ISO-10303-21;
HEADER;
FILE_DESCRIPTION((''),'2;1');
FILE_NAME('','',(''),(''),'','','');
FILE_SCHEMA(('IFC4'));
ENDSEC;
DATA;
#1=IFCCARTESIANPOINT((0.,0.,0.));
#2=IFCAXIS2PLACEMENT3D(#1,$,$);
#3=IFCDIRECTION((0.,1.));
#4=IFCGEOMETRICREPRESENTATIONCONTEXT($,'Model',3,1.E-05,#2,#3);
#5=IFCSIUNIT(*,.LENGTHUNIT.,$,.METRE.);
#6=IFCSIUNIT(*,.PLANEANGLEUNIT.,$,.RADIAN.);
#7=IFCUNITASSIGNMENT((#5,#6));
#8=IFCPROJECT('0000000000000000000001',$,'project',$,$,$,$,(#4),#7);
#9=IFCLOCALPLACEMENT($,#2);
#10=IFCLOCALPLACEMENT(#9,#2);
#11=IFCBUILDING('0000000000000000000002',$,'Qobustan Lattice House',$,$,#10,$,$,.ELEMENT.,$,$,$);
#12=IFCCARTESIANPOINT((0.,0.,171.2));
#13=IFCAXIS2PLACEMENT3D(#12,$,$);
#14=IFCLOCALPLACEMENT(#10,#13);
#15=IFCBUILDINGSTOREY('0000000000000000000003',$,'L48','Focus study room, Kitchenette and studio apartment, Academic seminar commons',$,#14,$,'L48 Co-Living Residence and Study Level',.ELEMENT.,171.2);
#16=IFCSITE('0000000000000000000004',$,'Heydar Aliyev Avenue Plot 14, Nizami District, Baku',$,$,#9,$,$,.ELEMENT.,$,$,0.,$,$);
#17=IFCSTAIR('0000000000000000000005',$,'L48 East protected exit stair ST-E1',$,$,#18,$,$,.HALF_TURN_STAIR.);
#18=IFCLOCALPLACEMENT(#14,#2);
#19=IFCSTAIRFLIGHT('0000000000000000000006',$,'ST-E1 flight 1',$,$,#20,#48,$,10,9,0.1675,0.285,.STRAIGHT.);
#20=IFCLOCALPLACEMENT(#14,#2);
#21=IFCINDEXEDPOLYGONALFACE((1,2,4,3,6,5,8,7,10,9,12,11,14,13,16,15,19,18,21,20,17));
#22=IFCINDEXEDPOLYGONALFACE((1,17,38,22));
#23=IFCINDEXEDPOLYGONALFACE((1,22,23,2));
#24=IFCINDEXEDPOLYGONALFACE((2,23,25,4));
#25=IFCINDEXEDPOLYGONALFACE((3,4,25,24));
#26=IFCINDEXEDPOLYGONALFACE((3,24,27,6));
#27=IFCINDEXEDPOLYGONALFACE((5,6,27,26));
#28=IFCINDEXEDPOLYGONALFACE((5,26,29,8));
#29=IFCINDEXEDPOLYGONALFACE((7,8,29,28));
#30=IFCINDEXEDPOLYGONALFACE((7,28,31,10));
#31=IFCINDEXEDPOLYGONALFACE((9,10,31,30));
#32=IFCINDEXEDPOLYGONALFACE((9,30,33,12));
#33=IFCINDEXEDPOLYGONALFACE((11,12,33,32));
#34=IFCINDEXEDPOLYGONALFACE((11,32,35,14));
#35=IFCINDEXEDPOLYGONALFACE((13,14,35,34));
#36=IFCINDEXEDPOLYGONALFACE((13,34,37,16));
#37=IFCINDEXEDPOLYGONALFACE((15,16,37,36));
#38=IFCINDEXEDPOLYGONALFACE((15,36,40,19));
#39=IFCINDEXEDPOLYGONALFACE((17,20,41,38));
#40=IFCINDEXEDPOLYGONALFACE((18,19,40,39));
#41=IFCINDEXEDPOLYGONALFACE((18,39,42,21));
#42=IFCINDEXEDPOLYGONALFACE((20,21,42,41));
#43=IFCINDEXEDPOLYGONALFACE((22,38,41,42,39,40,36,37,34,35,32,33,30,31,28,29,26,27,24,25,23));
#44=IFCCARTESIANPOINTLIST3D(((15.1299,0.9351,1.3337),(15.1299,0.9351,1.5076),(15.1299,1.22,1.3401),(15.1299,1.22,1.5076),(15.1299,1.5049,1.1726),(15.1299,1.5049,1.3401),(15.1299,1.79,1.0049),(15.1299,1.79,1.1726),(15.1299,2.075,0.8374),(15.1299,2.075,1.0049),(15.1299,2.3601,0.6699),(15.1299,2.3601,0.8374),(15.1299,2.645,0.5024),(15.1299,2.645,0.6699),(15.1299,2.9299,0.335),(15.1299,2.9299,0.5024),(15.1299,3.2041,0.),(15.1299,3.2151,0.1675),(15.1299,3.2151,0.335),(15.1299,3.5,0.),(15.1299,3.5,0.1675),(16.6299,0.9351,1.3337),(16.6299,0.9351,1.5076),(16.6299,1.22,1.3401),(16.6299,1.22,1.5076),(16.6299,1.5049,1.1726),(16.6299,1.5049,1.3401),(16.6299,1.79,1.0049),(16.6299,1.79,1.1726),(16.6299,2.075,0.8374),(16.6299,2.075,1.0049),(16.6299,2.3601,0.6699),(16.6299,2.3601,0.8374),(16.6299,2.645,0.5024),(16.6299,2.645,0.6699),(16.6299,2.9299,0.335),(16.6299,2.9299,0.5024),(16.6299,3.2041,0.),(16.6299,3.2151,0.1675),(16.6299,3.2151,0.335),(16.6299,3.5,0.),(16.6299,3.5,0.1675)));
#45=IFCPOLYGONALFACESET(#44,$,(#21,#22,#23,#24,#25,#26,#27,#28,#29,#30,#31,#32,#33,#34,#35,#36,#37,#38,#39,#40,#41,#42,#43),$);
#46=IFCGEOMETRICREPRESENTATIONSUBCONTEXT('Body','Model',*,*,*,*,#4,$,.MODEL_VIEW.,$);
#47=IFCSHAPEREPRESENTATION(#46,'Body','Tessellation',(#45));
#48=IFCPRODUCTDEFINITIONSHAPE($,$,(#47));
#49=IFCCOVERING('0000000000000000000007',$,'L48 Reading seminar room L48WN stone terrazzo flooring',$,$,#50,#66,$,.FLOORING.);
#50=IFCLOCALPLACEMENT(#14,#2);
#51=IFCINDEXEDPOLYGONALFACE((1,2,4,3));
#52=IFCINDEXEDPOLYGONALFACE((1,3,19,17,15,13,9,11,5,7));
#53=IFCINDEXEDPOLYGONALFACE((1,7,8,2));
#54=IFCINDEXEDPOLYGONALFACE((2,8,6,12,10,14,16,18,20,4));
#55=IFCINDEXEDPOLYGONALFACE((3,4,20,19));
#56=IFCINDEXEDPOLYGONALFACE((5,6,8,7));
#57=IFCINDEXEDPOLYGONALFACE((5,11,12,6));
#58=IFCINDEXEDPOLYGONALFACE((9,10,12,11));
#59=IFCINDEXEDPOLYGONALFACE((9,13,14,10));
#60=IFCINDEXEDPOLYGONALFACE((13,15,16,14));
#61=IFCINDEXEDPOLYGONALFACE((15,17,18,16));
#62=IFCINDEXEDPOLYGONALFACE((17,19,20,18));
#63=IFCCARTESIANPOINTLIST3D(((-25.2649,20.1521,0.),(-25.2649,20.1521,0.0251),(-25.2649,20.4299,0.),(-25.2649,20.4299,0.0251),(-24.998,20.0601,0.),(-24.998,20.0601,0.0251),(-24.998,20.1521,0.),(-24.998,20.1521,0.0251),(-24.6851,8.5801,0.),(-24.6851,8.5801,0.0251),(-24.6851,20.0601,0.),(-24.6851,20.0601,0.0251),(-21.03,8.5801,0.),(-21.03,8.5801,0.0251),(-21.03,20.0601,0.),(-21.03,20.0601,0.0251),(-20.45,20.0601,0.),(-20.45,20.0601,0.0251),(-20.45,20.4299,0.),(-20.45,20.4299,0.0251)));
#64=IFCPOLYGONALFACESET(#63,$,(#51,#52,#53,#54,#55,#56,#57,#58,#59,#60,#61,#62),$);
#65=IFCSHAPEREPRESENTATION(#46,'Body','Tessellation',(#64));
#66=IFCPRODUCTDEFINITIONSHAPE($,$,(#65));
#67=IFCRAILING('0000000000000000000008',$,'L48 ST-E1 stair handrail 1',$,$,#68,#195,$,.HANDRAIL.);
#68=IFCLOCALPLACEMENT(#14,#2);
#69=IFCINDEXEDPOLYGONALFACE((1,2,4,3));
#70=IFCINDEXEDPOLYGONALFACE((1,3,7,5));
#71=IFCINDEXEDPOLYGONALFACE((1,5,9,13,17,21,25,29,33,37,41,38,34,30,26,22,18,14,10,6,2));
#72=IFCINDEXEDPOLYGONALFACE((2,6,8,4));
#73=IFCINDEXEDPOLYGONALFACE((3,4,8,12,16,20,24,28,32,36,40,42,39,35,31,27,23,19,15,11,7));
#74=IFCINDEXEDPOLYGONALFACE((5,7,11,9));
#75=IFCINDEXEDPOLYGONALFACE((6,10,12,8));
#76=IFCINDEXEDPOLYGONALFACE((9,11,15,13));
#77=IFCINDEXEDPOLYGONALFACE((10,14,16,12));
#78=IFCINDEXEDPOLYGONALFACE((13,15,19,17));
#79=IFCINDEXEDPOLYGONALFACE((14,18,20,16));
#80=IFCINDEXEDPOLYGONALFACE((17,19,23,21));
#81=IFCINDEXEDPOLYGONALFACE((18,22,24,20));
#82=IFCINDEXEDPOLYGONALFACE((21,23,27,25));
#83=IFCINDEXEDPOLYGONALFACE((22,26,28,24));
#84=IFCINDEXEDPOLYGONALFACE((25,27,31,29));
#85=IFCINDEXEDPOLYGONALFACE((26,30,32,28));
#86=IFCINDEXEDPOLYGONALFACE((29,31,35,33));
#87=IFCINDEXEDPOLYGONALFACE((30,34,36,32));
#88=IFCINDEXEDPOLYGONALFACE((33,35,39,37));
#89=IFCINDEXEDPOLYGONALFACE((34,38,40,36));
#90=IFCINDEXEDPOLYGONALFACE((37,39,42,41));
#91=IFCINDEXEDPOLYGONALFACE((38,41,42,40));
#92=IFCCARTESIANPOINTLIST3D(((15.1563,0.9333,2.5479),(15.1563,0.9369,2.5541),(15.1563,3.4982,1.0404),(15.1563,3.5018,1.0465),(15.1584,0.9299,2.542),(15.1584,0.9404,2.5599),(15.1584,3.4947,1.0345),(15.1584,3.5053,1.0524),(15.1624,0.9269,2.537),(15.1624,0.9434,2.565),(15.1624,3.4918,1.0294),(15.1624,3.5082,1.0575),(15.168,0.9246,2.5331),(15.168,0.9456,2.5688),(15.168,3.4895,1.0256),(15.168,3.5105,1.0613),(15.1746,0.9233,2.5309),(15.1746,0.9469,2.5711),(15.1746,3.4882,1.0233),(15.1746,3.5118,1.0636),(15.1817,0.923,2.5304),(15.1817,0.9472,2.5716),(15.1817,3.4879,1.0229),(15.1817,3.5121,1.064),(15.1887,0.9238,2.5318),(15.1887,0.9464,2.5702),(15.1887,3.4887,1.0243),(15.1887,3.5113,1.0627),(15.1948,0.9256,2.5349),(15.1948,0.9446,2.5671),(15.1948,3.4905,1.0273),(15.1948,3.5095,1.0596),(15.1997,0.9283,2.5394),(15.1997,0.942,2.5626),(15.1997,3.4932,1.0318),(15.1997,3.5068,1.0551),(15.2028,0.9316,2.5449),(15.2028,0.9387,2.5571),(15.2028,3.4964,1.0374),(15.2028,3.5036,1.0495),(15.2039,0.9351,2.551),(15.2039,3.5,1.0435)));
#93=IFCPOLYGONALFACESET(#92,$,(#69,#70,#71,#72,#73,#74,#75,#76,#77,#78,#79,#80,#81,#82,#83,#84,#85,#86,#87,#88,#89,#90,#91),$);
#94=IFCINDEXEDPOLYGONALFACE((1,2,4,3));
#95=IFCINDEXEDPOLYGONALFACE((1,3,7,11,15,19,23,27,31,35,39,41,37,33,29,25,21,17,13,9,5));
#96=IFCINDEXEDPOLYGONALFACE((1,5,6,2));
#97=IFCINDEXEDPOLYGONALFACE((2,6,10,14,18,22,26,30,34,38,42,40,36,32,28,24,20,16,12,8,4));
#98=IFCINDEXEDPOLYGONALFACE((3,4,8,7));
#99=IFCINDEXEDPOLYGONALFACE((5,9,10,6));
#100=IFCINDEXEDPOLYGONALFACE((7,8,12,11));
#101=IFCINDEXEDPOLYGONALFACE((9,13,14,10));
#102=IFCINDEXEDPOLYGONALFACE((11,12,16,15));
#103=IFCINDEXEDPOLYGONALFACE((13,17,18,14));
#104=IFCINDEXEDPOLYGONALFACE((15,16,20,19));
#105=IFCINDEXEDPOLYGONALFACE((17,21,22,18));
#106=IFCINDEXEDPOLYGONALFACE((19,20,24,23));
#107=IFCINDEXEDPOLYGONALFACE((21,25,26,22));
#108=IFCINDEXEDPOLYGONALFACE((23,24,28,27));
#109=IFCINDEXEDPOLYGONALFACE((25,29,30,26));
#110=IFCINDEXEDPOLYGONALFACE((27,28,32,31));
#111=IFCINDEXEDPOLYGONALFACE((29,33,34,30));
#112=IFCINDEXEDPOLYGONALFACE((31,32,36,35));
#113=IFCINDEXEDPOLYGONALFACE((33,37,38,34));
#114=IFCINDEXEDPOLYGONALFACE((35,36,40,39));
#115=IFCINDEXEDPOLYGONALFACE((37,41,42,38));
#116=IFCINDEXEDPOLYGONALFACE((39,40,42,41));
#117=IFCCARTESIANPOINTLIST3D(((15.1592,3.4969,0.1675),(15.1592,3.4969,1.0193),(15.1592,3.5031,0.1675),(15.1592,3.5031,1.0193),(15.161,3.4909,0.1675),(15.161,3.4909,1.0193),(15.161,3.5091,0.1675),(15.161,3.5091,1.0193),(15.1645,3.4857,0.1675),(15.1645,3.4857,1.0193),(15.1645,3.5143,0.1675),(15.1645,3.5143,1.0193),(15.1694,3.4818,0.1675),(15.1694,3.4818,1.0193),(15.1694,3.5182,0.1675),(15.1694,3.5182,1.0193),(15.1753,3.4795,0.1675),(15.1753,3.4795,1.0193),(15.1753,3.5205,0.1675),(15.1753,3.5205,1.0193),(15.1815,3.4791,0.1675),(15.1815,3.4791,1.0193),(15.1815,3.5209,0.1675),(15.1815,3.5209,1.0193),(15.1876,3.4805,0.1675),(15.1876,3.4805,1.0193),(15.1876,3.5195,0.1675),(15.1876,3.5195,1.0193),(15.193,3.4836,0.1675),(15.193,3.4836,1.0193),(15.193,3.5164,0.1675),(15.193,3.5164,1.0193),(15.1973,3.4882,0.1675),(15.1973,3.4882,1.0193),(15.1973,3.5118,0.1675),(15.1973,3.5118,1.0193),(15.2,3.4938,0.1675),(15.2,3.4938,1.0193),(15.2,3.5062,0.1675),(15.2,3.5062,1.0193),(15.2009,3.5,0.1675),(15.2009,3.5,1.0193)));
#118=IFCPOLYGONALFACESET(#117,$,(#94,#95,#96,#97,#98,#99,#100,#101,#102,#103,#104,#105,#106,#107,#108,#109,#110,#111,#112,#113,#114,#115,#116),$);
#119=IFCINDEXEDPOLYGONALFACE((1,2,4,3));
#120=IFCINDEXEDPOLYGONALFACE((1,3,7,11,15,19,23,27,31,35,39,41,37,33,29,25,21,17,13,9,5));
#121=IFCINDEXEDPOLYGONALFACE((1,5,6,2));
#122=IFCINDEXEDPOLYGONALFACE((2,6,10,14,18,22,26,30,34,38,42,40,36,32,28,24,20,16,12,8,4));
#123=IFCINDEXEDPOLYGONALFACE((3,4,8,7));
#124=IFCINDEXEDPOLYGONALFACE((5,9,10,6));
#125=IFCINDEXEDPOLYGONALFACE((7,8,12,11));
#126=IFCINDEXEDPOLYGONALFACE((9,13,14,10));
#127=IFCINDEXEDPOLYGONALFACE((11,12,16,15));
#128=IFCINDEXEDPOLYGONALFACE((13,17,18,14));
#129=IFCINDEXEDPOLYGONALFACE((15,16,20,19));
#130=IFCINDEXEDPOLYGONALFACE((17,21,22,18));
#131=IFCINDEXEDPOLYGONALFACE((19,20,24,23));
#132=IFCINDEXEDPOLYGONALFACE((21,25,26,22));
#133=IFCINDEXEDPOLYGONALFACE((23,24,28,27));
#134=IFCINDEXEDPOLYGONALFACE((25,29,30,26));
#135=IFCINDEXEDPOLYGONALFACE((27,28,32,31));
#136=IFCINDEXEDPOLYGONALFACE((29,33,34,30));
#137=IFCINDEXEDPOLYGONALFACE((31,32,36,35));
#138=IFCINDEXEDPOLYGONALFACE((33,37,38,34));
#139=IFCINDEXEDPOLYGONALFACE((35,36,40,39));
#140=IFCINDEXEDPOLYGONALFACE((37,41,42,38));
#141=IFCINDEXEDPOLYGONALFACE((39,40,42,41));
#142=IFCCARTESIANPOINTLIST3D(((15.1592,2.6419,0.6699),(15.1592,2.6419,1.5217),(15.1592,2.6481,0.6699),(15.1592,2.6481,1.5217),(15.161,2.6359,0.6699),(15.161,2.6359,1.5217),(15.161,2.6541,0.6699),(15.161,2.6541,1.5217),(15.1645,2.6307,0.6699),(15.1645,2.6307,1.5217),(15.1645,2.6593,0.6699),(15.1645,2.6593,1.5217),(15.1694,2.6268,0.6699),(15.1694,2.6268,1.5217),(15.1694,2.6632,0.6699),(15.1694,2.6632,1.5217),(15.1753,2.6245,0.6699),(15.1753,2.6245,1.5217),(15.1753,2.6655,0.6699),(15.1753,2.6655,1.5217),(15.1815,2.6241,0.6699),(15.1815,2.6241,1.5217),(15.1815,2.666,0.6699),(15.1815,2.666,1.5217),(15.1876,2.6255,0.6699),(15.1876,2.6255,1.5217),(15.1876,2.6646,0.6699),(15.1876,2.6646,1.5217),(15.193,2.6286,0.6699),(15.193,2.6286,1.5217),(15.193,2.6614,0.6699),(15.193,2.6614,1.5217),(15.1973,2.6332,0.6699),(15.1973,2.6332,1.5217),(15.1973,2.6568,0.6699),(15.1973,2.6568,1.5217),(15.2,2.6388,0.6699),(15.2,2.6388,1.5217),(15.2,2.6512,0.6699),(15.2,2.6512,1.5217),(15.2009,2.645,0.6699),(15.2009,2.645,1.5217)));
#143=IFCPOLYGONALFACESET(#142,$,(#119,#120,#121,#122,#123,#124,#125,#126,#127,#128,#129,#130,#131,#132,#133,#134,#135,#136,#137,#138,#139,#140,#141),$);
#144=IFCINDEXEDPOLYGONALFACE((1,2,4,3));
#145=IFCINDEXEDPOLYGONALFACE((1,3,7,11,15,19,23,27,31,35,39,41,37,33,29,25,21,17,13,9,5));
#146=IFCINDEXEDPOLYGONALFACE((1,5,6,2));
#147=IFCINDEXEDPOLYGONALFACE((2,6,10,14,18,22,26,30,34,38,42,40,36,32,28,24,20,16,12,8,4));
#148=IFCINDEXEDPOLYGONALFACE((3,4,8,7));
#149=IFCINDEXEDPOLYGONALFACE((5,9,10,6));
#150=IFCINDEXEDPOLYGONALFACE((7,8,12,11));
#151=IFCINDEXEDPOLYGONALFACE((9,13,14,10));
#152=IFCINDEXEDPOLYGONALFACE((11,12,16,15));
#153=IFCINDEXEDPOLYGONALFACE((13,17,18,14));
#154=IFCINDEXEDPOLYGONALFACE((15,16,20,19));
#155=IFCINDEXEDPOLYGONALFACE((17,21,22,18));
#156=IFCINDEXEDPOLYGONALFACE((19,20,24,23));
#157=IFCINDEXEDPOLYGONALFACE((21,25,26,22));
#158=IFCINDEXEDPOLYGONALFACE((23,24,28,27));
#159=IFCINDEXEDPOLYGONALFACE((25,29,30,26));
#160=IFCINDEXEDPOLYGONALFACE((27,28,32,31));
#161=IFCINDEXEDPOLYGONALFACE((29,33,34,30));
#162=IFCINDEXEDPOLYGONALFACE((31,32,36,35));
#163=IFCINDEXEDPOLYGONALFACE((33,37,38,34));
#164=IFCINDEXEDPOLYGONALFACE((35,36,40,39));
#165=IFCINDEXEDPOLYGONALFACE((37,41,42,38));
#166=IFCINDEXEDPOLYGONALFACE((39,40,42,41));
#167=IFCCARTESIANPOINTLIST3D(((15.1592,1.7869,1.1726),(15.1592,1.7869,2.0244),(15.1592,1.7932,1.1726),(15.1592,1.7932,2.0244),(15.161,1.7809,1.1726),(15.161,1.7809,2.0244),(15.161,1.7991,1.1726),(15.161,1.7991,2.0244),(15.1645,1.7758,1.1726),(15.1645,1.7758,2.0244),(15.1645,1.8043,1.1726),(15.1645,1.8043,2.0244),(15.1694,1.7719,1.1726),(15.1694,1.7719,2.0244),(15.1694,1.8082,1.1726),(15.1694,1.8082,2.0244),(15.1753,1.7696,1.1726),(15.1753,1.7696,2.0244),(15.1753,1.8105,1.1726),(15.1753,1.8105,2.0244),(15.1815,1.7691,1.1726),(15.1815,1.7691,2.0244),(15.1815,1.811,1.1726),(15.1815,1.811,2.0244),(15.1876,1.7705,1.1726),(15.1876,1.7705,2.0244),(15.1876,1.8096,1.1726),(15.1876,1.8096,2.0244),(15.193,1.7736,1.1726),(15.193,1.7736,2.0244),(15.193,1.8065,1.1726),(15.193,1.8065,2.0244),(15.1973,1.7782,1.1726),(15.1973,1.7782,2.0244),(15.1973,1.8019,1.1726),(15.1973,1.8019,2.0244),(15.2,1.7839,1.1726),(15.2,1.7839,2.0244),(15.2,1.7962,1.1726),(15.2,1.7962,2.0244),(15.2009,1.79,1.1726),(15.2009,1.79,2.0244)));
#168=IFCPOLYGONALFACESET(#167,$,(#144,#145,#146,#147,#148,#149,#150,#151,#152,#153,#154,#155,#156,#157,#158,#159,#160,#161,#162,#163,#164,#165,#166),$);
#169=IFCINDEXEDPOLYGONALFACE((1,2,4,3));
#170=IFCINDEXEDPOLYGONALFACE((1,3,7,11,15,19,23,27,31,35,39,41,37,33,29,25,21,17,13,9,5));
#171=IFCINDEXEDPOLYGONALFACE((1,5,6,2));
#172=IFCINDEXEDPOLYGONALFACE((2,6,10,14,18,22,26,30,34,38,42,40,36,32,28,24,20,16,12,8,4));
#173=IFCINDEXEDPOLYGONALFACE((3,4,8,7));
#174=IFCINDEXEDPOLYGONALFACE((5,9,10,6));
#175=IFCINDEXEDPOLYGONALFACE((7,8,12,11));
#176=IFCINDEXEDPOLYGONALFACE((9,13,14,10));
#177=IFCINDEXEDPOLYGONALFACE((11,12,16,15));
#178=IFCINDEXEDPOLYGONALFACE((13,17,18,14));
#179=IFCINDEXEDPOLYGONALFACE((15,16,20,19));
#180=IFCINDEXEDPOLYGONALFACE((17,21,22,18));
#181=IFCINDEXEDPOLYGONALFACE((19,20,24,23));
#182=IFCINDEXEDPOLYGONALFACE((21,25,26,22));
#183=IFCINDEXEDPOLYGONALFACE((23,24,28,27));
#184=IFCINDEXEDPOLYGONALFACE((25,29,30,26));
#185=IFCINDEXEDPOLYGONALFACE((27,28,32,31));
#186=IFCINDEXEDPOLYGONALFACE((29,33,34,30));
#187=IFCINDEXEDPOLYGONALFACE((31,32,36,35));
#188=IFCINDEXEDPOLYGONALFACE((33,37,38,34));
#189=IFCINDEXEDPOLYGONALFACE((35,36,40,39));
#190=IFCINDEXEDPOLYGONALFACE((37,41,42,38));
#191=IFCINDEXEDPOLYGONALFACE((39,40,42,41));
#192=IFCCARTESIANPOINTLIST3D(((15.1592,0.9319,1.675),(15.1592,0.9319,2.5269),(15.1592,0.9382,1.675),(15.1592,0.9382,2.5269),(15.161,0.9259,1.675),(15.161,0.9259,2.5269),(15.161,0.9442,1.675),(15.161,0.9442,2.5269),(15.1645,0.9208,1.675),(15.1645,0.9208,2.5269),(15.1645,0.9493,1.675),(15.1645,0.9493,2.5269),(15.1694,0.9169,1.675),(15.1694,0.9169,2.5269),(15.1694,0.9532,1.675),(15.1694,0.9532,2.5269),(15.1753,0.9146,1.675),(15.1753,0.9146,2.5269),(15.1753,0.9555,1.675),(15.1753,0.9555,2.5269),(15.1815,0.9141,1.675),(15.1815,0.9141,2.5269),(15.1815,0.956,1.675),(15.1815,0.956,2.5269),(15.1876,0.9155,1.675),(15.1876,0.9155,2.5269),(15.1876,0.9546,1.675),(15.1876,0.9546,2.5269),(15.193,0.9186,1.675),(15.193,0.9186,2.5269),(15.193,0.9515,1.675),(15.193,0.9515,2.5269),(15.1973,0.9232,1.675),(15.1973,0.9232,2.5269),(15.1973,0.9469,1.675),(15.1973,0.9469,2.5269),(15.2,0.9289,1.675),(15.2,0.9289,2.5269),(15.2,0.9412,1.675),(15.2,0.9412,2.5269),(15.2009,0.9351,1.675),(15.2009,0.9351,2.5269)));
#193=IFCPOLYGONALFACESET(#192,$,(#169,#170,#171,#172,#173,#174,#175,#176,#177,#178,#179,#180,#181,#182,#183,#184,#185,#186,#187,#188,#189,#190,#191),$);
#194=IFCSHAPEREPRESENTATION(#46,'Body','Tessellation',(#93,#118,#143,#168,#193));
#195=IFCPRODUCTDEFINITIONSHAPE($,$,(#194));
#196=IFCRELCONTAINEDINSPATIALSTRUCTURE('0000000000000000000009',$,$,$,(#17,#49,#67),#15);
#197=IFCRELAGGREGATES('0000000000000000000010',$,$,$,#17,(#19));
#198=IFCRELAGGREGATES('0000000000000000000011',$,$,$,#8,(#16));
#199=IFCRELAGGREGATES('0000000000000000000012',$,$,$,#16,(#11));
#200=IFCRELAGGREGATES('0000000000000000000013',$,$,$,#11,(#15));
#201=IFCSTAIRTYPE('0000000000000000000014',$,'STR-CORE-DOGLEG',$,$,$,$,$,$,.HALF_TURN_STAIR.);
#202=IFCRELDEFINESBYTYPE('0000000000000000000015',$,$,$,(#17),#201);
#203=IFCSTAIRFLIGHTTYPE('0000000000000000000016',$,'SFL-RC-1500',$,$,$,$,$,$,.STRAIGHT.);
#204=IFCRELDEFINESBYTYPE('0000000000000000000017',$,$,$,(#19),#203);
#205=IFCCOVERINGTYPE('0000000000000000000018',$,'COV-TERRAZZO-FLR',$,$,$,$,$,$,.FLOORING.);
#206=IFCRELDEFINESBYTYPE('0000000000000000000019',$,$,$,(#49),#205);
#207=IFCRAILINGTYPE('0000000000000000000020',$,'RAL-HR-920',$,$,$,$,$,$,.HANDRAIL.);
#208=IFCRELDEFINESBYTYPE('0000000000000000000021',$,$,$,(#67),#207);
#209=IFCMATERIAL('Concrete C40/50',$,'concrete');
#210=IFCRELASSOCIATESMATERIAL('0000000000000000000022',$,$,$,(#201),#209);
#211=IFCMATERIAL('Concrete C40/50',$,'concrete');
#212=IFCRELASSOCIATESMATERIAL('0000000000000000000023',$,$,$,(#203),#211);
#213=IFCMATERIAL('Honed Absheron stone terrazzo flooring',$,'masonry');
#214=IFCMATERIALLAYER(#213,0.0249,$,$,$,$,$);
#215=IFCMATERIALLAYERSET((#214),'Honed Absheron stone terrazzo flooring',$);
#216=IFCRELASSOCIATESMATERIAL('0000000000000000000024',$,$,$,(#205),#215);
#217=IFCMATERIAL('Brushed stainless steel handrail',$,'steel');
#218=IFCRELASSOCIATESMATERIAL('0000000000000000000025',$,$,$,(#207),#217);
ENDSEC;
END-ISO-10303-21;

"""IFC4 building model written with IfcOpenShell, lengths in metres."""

from ifc_helpers import new_model, si_unit, direction, frame, origin, origin_2d, place, context, subcontext, project, spatial, polyline, circle, outline, extrude, material, layer, layer_set, type_object, element, aggregate, save


model = new_model("IFC4")

# Units and contexts
model_context = context("Model", 3, precision=1e-05, world=origin(), true_north=direction((0.0, 1.0)))
body_context = subcontext(model_context, "Body", "Model", "MODEL_VIEW")
ifc_project = project(units=[si_unit("LENGTHUNIT", "METRE"), si_unit("PLANEANGLEUNIT", "RADIAN")], contexts=[model_context])

# Site, building, storey
site_placement = place(None, origin())
site = spatial("IfcSite", under=ifc_project, at=site_placement, Name="Heydar Aliyev Avenue Plot 14, Nizami District, Baku", CompositionType="ELEMENT", RefElevation=0.0)
building_placement = place(site_placement, origin())
building = spatial("IfcBuilding", under=site, at=building_placement, Name="Qobustan Lattice House", CompositionType="ELEMENT")
storey_placement = place(building_placement, frame((0.0, 0.0, 171.2)))
storey = spatial("IfcBuildingStorey", under=building, at=storey_placement, Name="L48", Description="Focus study room, Kitchenette and studio apartment, Academic seminar commons", LongName="L48 Co-Living Residence and Study Level", CompositionType="ELEMENT", Elevation=171.2)

# Stair, stair flight
ifc_material_1 = material(Name="Concrete C40/50", Category="concrete")
stair_type = type_object("IfcStairType", Name="STR-CORE-DOGLEG", PredefinedType="HALF_TURN_STAIR", material=ifc_material_1)
stair_placement = place(storey_placement, origin())
stair = element("IfcStair", 1, at=stair_placement, inside=storey, type_object=stair_type, Name="L48 East protected exit stair ST-E1", PredefinedType="HALF_TURN_STAIR")
ifc_material_2 = material(Name="Concrete C40/50", Category="concrete")
stair_flight_type = type_object("IfcStairFlightType", Name="SFL-RC-1500", PredefinedType="STRAIGHT", material=ifc_material_2)
stair_flight_placement = place(storey_placement, frame((15.8799, 3.5, 0.0), z_axis=(0.0, 0.0, 1.0), x_axis=(0.0, -1.0, 0.0)))
stair_flight = element("IfcStairFlight", 2, at=stair_flight_placement, type_object=stair_flight_type, Name="ST-E1 flight 1", NumberOfRisers=10, NumberOfTreads=9, PredefinedType="STRAIGHT", RiserHeight=0.1675, TreadLength=0.285, context=body_context, shape_type="SweptSolid", body=[
    extrude(outline(polyline([(0.0, 0.0), (0.0, 0.1675), (0.2849, 0.1675), (0.2849, 0.335), (0.5701, 0.335), (0.5701, 0.5024), (0.855, 0.5024), (0.855, 0.6699), (1.1399, 0.6699), (1.1399, 0.8374), (1.425, 0.8374), (1.425, 1.0049), (1.71, 1.0049), (1.71, 1.1726), (1.9951, 1.1726), (1.9951, 1.3401), (2.28, 1.3401), (2.28, 1.5076), (2.5649, 1.5076), (2.5649, 1.675), (2.5649, 1.3337), (0.2959, 0.0), (0.0, 0.0)])), frame((0.0, 0.75, 0.0), z_axis=(0.0, -1.0, 0.0), x_axis=(1.0, 0.0, 0.0)), (0.0, 0.0, 1.0), 1.5),
])
aggregate(stair, [stair_flight])

# Covering
ifc_material_3 = material(Name="Honed Absheron stone terrazzo flooring", Category="masonry")
ifc_layer_1 = layer(ifc_material_3, 0.0249)
ifc_layer_set_1 = layer_set([ifc_layer_1], Name="Honed Absheron stone terrazzo flooring")
covering_type = type_object("IfcCoveringType", Name="COV-TERRAZZO-FLR", PredefinedType="FLOORING", material=ifc_layer_set_1)
covering_placement = place(storey_placement, origin())
element("IfcCovering", 3, at=covering_placement, inside=storey, type_object=covering_type, Name="L48 Reading seminar room L48WN stone terrazzo flooring", PredefinedType="FLOORING", context=body_context, shape_type="SweptSolid", body=[
    extrude(outline(polyline([(-25.2649, 20.4299), (-25.2649, 20.1521), (-24.998, 20.1521), (-24.998, 20.0601), (-24.6851, 20.0601), (-24.6851, 8.5801), (-21.03, 8.5801), (-21.03, 20.0601), (-20.45, 20.0601), (-20.45, 20.4299), (-25.2649, 20.4299)])), origin(), (0.0, 0.0, 1.0), 0.0251),
])

# Railing
ifc_material_4 = material(Name="Brushed stainless steel handrail", Category="steel")
railing_type_1 = type_object("IfcRailingType", Name="RAL-HR-920", PredefinedType="HANDRAIL", material=ifc_material_4)
railing_1_placement = place(storey_placement, frame((15.1799, 3.5, 0.1675)))
element("IfcRailing", 4, at=railing_1_placement, inside=storey, type_object=railing_type_1, Name="L48 ST-E1 stair handrail 1", PredefinedType="HANDRAIL", context=body_context, shape_type="SweptSolid", body=[
    extrude(circle(Radius=0.0239, at=origin_2d()), frame((0.0, 0.0, 0.876), z_axis=(0.0, -0.862113, 0.506715), x_axis=(1.0, 0.0, 0.0)), (0.0, 0.0, 1.0), 2.9751),
    extrude(circle(Radius=0.021, at=origin_2d()), origin(), (0.0, 0.0, 1.0), 0.8518),
    extrude(circle(Radius=0.021, at=origin_2d()), frame((0.0, -0.855, 0.5024)), (0.0, 0.0, 1.0), 0.8518),
    extrude(circle(Radius=0.021, at=origin_2d()), frame((0.0, -1.71, 1.0051)), (0.0, 0.0, 1.0), 0.8518),
    extrude(circle(Radius=0.021, at=origin_2d()), frame((0.0, -2.5649, 1.5076)), (0.0, 0.0, 1.0), 0.8518),
])

save(model, "model.ifc")
